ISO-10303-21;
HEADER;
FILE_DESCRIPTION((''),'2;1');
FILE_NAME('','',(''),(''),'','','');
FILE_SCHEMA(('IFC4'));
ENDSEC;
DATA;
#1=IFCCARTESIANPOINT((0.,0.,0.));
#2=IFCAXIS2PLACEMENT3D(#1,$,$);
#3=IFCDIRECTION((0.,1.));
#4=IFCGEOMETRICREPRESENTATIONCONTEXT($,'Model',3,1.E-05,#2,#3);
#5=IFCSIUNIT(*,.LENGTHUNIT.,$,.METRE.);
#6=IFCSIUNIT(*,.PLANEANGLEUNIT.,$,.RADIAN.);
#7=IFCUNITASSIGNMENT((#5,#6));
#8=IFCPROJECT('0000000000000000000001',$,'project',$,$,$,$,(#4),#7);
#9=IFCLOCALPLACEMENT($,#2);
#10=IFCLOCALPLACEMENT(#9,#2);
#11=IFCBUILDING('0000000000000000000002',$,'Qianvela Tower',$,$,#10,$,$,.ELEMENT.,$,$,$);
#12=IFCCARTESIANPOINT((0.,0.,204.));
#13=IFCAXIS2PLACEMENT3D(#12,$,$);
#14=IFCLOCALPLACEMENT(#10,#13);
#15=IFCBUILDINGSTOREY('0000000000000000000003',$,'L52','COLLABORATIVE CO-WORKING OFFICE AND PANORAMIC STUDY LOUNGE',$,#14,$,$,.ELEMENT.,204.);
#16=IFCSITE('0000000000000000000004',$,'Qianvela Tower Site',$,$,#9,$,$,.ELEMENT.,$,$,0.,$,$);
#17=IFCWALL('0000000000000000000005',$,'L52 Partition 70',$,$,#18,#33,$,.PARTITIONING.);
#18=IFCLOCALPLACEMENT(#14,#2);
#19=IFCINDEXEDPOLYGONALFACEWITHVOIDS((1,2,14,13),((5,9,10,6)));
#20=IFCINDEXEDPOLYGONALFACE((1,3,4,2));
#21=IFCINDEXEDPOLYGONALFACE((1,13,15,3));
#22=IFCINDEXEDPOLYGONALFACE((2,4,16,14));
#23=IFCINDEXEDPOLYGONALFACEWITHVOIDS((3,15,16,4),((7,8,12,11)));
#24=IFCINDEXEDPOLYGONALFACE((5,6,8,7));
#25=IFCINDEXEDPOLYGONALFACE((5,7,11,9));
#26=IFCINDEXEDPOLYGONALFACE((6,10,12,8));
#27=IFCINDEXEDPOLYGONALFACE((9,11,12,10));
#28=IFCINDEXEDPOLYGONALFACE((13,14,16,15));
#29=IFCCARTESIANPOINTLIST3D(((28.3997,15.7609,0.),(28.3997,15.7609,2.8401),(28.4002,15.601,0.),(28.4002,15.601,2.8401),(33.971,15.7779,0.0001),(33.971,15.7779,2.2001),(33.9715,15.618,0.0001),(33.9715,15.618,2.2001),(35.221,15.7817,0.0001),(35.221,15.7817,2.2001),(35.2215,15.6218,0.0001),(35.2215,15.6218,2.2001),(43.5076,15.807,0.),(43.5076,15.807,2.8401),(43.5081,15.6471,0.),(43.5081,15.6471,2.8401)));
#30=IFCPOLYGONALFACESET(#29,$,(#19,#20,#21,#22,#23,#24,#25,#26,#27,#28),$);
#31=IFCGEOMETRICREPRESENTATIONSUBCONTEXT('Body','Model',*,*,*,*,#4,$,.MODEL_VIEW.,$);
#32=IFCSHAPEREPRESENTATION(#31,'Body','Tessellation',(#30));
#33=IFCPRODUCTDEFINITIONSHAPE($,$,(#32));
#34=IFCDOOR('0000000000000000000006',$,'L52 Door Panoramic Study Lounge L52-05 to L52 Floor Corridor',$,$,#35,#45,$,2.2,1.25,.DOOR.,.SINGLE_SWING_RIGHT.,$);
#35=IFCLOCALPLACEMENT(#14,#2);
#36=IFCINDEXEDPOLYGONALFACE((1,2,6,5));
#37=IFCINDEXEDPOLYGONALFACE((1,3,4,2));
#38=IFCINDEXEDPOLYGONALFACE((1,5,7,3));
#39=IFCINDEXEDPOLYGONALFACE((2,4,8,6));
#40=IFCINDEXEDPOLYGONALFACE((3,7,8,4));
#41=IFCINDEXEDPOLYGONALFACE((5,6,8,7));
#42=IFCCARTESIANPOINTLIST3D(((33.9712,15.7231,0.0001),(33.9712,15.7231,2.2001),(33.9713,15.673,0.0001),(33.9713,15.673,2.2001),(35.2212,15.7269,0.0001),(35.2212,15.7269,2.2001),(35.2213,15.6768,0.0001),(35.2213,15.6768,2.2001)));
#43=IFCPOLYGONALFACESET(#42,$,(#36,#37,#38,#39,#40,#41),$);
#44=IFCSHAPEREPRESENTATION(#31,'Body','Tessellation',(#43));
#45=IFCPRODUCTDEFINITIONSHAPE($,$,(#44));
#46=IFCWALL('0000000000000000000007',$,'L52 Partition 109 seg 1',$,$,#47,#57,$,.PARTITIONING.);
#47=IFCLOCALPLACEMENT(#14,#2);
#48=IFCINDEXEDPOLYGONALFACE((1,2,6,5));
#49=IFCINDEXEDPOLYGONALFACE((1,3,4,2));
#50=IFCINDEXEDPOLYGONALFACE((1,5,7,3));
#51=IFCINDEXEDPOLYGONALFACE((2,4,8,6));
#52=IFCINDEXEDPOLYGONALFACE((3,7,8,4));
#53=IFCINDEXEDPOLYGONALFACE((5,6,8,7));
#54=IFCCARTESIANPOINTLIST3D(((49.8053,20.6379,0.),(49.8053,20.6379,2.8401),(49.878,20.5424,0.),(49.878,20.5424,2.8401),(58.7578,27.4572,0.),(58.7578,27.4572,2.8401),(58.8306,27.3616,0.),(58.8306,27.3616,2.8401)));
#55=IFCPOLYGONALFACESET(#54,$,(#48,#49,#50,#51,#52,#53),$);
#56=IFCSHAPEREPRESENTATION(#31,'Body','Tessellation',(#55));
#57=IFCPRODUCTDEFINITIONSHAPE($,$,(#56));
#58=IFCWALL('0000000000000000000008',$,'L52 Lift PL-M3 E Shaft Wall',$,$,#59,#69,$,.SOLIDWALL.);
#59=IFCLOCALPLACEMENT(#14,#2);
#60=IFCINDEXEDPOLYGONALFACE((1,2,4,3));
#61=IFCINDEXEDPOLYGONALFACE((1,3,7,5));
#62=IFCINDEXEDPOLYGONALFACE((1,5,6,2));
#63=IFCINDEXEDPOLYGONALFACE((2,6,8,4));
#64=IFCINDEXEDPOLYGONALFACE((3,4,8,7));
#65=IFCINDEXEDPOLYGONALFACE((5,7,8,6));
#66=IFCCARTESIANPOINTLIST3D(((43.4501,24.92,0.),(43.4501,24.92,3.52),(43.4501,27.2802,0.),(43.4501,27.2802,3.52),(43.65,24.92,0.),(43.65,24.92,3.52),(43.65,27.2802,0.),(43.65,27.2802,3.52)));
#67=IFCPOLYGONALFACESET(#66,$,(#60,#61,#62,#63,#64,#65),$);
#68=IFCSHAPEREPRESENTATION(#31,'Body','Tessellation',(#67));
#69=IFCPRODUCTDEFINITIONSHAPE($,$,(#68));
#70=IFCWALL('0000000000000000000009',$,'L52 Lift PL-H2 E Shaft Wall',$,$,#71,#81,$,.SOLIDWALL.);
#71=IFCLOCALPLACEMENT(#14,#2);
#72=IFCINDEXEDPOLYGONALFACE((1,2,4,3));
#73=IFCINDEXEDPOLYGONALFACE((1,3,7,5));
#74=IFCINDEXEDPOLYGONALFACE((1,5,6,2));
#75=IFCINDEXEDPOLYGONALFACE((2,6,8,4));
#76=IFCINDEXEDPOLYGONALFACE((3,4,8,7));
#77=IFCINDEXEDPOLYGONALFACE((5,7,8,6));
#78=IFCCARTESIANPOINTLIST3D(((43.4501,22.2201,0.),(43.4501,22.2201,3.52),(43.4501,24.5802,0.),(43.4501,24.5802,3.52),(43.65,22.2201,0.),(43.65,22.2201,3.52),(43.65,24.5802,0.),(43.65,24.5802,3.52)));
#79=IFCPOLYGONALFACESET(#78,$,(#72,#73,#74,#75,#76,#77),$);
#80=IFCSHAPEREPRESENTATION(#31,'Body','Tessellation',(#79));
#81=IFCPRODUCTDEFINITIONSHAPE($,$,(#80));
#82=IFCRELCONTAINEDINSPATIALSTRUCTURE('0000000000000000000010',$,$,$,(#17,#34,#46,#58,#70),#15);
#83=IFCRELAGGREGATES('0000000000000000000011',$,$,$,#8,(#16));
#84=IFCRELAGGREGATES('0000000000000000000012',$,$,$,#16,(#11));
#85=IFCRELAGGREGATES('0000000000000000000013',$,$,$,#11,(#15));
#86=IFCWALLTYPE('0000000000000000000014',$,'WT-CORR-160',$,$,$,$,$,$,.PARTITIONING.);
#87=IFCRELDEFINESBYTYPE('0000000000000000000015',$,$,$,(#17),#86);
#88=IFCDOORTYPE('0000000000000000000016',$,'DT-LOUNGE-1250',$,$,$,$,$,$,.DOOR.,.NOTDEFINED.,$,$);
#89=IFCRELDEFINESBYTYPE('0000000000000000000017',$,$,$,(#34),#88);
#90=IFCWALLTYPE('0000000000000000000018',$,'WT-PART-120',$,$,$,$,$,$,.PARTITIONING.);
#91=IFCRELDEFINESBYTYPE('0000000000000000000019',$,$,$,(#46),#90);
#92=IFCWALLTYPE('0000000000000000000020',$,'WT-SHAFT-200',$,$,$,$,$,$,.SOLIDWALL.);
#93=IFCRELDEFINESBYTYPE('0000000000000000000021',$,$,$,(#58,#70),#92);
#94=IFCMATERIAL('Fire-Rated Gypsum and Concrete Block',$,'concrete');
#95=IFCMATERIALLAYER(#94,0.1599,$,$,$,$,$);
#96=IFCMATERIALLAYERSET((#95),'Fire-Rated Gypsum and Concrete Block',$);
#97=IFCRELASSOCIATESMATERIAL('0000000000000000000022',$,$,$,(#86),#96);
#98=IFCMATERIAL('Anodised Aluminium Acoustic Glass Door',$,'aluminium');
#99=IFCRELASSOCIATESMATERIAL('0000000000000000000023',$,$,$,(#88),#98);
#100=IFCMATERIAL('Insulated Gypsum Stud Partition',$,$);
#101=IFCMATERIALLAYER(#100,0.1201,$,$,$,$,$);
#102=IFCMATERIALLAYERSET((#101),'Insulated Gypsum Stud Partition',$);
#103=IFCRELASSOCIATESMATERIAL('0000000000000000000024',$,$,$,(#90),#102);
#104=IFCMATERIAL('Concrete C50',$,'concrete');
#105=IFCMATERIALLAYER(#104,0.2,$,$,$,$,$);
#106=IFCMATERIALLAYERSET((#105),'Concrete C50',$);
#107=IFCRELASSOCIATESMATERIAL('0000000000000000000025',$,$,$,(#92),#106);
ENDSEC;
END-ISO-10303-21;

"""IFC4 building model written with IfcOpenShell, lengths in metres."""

from ifc_helpers import new_model, si_unit, direction, frame, frame_2d, origin, place, context, subcontext, project, spatial, rectangle, extrude, material, layer, layer_set, type_object, element, fill, save


model = new_model("IFC4")

# Units and contexts
model_context = context("Model", 3, precision=1e-05, world=origin(), true_north=direction((0.0, 1.0)))
body_context = subcontext(model_context, "Body", "Model", "MODEL_VIEW")
ifc_project = project(units=[si_unit("LENGTHUNIT", "METRE"), si_unit("PLANEANGLEUNIT", "RADIAN")], contexts=[model_context])

# Site, building, storey
site_placement = place(None, origin())
site = spatial("IfcSite", under=ifc_project, at=site_placement, Name="Qianvela Tower Site", CompositionType="ELEMENT", RefElevation=0.0)
building_placement = place(site_placement, origin())
building = spatial("IfcBuilding", under=site, at=building_placement, Name="Qianvela Tower", CompositionType="ELEMENT")
storey_placement = place(building_placement, frame((0.0, 0.0, 204.0)))
storey = spatial("IfcBuildingStorey", under=building, at=storey_placement, Name="L52", Description="COLLABORATIVE CO-WORKING OFFICE AND PANORAMIC STUDY LOUNGE", CompositionType="ELEMENT", Elevation=204.0)

# Wall, opening, door
ifc_material_1 = material(Name="Fire-Rated Gypsum and Concrete Block", Category="concrete")
ifc_layer_1 = layer(ifc_material_1, 0.1599)
ifc_layer_set_1 = layer_set([ifc_layer_1], Name="Fire-Rated Gypsum and Concrete Block")
wall_type_1 = type_object("IfcWallType", Name="WT-CORR-160", PredefinedType="PARTITIONING", material=ifc_layer_set_1)
wall_1_placement = place(storey_placement, frame((43.5078, 15.7271, 0.0), z_axis=(0.0, 0.0, 1.0), x_axis=(-0.999995, -0.003054, 0.0)))
wall_1 = element("IfcWall", 1, at=wall_1_placement, inside=storey, type_object=wall_type_1, Name="L52 Partition 70", PredefinedType="PARTITIONING", context=body_context, shape_type="SweptSolid", body=[
    extrude(rectangle(XDim=15.1079, YDim=0.1599, at=frame_2d((7.554, 0.0))), origin(), (0.0, 0.0, 1.0), 2.8401),
])
opening_1_placement = place(wall_1_placement, frame((8.2866, 0.0, 0.0)))
opening_1 = element("IfcOpeningElement", 2, at=opening_1_placement, cuts=wall_1, PredefinedType="OPENING", context=body_context, shape_type="SweptSolid", body=[
    extrude(rectangle(XDim=1.25, YDim=2.2, at=frame_2d((0.625, 1.1001))), frame((0.0, 0.0898, 0.0), z_axis=(0.0, -1.0, 0.0), x_axis=(1.0, 0.0, 0.0)), (0.0, 0.0, 1.0), 0.1799),
])
ifc_material_2 = material(Name="Anodised Aluminium Acoustic Glass Door", Category="aluminium")
door_type = type_object("IfcDoorType", Name="DT-LOUNGE-1250", OperationType="NOTDEFINED", PredefinedType="DOOR", material=ifc_material_2)
door_placement = place(opening_1_placement, origin())
door = element("IfcDoor", 3, at=door_placement, inside=storey, type_object=door_type, Name="L52 Door Panoramic Study Lounge L52-05 to L52 Floor Corridor", OperationType="SINGLE_SWING_RIGHT", OverallHeight=2.2, OverallWidth=1.25, PredefinedType="DOOR", context=body_context, shape_type="SweptSolid", body=[
    extrude(rectangle(XDim=1.25, YDim=2.2, at=frame_2d((0.625, 1.1001))), frame((0.0, 0.0249, 0.0), z_axis=(0.0, -1.0, 0.0), x_axis=(1.0, 0.0, 0.0)), (0.0, 0.0, 1.0), 0.05),
])
fill(opening_1, door)

# Walls
ifc_material_3 = material(Name="Insulated Gypsum Stud Partition")
ifc_layer_2 = layer(ifc_material_3, 0.1201)
ifc_layer_set_2 = layer_set([ifc_layer_2], Name="Insulated Gypsum Stud Partition")
wall_type_2 = type_object("IfcWallType", Name="WT-PART-120", PredefinedType="PARTITIONING", material=ifc_layer_set_2)
wall_2_placement = place(storey_placement, frame((58.7942, 27.4094, 0.0), z_axis=(0.0, 0.0, 1.0), x_axis=(-0.795505, -0.605946, 0.0)))
element("IfcWall", 4, at=wall_2_placement, inside=storey, type_object=wall_type_2, Name="L52 Partition 109 seg 1", PredefinedType="PARTITIONING", context=body_context, shape_type="SweptSolid", body=[
    extrude(rectangle(XDim=11.2539, YDim=0.1201, at=frame_2d((5.627, 0.0))), origin(), (0.0, 0.0, 1.0), 2.8401),
])
ifc_material_4 = material(Name="Concrete C50", Category="concrete")
ifc_layer_3 = layer(ifc_material_4, 0.2)
ifc_layer_set_3 = layer_set([ifc_layer_3], Name="Concrete C50")
wall_type_3 = type_object("IfcWallType", Name="WT-SHAFT-200", PredefinedType="SOLIDWALL", material=ifc_layer_set_3)
for number, where, z_axis, x_axis, name in (
    (5, (43.55, 24.9199, 0.0), (0.0, 0.0, 1.0), (0.0, 1.0, 0.0), "L52 Lift PL-M3 E Shaft Wall"),
    (6, (43.55, 22.22, 0.0), (0.0, 0.0, 1.0), (0.0, 1.0, 0.0), "L52 Lift PL-H2 E Shaft Wall"),
):
    element("IfcWall", number, at=place(storey_placement, frame(where, z_axis=z_axis, x_axis=x_axis)), inside=storey, type_object=wall_type_3, Name=name, PredefinedType="SOLIDWALL", context=body_context, shape_type="SweptSolid", body=[
        extrude(rectangle(XDim=2.3601, YDim=0.2, at=frame_2d((1.1802, 0.0))), origin(), (0.0, 0.0, 1.0), 3.52),
    ])

save(model, "model.ifc")
